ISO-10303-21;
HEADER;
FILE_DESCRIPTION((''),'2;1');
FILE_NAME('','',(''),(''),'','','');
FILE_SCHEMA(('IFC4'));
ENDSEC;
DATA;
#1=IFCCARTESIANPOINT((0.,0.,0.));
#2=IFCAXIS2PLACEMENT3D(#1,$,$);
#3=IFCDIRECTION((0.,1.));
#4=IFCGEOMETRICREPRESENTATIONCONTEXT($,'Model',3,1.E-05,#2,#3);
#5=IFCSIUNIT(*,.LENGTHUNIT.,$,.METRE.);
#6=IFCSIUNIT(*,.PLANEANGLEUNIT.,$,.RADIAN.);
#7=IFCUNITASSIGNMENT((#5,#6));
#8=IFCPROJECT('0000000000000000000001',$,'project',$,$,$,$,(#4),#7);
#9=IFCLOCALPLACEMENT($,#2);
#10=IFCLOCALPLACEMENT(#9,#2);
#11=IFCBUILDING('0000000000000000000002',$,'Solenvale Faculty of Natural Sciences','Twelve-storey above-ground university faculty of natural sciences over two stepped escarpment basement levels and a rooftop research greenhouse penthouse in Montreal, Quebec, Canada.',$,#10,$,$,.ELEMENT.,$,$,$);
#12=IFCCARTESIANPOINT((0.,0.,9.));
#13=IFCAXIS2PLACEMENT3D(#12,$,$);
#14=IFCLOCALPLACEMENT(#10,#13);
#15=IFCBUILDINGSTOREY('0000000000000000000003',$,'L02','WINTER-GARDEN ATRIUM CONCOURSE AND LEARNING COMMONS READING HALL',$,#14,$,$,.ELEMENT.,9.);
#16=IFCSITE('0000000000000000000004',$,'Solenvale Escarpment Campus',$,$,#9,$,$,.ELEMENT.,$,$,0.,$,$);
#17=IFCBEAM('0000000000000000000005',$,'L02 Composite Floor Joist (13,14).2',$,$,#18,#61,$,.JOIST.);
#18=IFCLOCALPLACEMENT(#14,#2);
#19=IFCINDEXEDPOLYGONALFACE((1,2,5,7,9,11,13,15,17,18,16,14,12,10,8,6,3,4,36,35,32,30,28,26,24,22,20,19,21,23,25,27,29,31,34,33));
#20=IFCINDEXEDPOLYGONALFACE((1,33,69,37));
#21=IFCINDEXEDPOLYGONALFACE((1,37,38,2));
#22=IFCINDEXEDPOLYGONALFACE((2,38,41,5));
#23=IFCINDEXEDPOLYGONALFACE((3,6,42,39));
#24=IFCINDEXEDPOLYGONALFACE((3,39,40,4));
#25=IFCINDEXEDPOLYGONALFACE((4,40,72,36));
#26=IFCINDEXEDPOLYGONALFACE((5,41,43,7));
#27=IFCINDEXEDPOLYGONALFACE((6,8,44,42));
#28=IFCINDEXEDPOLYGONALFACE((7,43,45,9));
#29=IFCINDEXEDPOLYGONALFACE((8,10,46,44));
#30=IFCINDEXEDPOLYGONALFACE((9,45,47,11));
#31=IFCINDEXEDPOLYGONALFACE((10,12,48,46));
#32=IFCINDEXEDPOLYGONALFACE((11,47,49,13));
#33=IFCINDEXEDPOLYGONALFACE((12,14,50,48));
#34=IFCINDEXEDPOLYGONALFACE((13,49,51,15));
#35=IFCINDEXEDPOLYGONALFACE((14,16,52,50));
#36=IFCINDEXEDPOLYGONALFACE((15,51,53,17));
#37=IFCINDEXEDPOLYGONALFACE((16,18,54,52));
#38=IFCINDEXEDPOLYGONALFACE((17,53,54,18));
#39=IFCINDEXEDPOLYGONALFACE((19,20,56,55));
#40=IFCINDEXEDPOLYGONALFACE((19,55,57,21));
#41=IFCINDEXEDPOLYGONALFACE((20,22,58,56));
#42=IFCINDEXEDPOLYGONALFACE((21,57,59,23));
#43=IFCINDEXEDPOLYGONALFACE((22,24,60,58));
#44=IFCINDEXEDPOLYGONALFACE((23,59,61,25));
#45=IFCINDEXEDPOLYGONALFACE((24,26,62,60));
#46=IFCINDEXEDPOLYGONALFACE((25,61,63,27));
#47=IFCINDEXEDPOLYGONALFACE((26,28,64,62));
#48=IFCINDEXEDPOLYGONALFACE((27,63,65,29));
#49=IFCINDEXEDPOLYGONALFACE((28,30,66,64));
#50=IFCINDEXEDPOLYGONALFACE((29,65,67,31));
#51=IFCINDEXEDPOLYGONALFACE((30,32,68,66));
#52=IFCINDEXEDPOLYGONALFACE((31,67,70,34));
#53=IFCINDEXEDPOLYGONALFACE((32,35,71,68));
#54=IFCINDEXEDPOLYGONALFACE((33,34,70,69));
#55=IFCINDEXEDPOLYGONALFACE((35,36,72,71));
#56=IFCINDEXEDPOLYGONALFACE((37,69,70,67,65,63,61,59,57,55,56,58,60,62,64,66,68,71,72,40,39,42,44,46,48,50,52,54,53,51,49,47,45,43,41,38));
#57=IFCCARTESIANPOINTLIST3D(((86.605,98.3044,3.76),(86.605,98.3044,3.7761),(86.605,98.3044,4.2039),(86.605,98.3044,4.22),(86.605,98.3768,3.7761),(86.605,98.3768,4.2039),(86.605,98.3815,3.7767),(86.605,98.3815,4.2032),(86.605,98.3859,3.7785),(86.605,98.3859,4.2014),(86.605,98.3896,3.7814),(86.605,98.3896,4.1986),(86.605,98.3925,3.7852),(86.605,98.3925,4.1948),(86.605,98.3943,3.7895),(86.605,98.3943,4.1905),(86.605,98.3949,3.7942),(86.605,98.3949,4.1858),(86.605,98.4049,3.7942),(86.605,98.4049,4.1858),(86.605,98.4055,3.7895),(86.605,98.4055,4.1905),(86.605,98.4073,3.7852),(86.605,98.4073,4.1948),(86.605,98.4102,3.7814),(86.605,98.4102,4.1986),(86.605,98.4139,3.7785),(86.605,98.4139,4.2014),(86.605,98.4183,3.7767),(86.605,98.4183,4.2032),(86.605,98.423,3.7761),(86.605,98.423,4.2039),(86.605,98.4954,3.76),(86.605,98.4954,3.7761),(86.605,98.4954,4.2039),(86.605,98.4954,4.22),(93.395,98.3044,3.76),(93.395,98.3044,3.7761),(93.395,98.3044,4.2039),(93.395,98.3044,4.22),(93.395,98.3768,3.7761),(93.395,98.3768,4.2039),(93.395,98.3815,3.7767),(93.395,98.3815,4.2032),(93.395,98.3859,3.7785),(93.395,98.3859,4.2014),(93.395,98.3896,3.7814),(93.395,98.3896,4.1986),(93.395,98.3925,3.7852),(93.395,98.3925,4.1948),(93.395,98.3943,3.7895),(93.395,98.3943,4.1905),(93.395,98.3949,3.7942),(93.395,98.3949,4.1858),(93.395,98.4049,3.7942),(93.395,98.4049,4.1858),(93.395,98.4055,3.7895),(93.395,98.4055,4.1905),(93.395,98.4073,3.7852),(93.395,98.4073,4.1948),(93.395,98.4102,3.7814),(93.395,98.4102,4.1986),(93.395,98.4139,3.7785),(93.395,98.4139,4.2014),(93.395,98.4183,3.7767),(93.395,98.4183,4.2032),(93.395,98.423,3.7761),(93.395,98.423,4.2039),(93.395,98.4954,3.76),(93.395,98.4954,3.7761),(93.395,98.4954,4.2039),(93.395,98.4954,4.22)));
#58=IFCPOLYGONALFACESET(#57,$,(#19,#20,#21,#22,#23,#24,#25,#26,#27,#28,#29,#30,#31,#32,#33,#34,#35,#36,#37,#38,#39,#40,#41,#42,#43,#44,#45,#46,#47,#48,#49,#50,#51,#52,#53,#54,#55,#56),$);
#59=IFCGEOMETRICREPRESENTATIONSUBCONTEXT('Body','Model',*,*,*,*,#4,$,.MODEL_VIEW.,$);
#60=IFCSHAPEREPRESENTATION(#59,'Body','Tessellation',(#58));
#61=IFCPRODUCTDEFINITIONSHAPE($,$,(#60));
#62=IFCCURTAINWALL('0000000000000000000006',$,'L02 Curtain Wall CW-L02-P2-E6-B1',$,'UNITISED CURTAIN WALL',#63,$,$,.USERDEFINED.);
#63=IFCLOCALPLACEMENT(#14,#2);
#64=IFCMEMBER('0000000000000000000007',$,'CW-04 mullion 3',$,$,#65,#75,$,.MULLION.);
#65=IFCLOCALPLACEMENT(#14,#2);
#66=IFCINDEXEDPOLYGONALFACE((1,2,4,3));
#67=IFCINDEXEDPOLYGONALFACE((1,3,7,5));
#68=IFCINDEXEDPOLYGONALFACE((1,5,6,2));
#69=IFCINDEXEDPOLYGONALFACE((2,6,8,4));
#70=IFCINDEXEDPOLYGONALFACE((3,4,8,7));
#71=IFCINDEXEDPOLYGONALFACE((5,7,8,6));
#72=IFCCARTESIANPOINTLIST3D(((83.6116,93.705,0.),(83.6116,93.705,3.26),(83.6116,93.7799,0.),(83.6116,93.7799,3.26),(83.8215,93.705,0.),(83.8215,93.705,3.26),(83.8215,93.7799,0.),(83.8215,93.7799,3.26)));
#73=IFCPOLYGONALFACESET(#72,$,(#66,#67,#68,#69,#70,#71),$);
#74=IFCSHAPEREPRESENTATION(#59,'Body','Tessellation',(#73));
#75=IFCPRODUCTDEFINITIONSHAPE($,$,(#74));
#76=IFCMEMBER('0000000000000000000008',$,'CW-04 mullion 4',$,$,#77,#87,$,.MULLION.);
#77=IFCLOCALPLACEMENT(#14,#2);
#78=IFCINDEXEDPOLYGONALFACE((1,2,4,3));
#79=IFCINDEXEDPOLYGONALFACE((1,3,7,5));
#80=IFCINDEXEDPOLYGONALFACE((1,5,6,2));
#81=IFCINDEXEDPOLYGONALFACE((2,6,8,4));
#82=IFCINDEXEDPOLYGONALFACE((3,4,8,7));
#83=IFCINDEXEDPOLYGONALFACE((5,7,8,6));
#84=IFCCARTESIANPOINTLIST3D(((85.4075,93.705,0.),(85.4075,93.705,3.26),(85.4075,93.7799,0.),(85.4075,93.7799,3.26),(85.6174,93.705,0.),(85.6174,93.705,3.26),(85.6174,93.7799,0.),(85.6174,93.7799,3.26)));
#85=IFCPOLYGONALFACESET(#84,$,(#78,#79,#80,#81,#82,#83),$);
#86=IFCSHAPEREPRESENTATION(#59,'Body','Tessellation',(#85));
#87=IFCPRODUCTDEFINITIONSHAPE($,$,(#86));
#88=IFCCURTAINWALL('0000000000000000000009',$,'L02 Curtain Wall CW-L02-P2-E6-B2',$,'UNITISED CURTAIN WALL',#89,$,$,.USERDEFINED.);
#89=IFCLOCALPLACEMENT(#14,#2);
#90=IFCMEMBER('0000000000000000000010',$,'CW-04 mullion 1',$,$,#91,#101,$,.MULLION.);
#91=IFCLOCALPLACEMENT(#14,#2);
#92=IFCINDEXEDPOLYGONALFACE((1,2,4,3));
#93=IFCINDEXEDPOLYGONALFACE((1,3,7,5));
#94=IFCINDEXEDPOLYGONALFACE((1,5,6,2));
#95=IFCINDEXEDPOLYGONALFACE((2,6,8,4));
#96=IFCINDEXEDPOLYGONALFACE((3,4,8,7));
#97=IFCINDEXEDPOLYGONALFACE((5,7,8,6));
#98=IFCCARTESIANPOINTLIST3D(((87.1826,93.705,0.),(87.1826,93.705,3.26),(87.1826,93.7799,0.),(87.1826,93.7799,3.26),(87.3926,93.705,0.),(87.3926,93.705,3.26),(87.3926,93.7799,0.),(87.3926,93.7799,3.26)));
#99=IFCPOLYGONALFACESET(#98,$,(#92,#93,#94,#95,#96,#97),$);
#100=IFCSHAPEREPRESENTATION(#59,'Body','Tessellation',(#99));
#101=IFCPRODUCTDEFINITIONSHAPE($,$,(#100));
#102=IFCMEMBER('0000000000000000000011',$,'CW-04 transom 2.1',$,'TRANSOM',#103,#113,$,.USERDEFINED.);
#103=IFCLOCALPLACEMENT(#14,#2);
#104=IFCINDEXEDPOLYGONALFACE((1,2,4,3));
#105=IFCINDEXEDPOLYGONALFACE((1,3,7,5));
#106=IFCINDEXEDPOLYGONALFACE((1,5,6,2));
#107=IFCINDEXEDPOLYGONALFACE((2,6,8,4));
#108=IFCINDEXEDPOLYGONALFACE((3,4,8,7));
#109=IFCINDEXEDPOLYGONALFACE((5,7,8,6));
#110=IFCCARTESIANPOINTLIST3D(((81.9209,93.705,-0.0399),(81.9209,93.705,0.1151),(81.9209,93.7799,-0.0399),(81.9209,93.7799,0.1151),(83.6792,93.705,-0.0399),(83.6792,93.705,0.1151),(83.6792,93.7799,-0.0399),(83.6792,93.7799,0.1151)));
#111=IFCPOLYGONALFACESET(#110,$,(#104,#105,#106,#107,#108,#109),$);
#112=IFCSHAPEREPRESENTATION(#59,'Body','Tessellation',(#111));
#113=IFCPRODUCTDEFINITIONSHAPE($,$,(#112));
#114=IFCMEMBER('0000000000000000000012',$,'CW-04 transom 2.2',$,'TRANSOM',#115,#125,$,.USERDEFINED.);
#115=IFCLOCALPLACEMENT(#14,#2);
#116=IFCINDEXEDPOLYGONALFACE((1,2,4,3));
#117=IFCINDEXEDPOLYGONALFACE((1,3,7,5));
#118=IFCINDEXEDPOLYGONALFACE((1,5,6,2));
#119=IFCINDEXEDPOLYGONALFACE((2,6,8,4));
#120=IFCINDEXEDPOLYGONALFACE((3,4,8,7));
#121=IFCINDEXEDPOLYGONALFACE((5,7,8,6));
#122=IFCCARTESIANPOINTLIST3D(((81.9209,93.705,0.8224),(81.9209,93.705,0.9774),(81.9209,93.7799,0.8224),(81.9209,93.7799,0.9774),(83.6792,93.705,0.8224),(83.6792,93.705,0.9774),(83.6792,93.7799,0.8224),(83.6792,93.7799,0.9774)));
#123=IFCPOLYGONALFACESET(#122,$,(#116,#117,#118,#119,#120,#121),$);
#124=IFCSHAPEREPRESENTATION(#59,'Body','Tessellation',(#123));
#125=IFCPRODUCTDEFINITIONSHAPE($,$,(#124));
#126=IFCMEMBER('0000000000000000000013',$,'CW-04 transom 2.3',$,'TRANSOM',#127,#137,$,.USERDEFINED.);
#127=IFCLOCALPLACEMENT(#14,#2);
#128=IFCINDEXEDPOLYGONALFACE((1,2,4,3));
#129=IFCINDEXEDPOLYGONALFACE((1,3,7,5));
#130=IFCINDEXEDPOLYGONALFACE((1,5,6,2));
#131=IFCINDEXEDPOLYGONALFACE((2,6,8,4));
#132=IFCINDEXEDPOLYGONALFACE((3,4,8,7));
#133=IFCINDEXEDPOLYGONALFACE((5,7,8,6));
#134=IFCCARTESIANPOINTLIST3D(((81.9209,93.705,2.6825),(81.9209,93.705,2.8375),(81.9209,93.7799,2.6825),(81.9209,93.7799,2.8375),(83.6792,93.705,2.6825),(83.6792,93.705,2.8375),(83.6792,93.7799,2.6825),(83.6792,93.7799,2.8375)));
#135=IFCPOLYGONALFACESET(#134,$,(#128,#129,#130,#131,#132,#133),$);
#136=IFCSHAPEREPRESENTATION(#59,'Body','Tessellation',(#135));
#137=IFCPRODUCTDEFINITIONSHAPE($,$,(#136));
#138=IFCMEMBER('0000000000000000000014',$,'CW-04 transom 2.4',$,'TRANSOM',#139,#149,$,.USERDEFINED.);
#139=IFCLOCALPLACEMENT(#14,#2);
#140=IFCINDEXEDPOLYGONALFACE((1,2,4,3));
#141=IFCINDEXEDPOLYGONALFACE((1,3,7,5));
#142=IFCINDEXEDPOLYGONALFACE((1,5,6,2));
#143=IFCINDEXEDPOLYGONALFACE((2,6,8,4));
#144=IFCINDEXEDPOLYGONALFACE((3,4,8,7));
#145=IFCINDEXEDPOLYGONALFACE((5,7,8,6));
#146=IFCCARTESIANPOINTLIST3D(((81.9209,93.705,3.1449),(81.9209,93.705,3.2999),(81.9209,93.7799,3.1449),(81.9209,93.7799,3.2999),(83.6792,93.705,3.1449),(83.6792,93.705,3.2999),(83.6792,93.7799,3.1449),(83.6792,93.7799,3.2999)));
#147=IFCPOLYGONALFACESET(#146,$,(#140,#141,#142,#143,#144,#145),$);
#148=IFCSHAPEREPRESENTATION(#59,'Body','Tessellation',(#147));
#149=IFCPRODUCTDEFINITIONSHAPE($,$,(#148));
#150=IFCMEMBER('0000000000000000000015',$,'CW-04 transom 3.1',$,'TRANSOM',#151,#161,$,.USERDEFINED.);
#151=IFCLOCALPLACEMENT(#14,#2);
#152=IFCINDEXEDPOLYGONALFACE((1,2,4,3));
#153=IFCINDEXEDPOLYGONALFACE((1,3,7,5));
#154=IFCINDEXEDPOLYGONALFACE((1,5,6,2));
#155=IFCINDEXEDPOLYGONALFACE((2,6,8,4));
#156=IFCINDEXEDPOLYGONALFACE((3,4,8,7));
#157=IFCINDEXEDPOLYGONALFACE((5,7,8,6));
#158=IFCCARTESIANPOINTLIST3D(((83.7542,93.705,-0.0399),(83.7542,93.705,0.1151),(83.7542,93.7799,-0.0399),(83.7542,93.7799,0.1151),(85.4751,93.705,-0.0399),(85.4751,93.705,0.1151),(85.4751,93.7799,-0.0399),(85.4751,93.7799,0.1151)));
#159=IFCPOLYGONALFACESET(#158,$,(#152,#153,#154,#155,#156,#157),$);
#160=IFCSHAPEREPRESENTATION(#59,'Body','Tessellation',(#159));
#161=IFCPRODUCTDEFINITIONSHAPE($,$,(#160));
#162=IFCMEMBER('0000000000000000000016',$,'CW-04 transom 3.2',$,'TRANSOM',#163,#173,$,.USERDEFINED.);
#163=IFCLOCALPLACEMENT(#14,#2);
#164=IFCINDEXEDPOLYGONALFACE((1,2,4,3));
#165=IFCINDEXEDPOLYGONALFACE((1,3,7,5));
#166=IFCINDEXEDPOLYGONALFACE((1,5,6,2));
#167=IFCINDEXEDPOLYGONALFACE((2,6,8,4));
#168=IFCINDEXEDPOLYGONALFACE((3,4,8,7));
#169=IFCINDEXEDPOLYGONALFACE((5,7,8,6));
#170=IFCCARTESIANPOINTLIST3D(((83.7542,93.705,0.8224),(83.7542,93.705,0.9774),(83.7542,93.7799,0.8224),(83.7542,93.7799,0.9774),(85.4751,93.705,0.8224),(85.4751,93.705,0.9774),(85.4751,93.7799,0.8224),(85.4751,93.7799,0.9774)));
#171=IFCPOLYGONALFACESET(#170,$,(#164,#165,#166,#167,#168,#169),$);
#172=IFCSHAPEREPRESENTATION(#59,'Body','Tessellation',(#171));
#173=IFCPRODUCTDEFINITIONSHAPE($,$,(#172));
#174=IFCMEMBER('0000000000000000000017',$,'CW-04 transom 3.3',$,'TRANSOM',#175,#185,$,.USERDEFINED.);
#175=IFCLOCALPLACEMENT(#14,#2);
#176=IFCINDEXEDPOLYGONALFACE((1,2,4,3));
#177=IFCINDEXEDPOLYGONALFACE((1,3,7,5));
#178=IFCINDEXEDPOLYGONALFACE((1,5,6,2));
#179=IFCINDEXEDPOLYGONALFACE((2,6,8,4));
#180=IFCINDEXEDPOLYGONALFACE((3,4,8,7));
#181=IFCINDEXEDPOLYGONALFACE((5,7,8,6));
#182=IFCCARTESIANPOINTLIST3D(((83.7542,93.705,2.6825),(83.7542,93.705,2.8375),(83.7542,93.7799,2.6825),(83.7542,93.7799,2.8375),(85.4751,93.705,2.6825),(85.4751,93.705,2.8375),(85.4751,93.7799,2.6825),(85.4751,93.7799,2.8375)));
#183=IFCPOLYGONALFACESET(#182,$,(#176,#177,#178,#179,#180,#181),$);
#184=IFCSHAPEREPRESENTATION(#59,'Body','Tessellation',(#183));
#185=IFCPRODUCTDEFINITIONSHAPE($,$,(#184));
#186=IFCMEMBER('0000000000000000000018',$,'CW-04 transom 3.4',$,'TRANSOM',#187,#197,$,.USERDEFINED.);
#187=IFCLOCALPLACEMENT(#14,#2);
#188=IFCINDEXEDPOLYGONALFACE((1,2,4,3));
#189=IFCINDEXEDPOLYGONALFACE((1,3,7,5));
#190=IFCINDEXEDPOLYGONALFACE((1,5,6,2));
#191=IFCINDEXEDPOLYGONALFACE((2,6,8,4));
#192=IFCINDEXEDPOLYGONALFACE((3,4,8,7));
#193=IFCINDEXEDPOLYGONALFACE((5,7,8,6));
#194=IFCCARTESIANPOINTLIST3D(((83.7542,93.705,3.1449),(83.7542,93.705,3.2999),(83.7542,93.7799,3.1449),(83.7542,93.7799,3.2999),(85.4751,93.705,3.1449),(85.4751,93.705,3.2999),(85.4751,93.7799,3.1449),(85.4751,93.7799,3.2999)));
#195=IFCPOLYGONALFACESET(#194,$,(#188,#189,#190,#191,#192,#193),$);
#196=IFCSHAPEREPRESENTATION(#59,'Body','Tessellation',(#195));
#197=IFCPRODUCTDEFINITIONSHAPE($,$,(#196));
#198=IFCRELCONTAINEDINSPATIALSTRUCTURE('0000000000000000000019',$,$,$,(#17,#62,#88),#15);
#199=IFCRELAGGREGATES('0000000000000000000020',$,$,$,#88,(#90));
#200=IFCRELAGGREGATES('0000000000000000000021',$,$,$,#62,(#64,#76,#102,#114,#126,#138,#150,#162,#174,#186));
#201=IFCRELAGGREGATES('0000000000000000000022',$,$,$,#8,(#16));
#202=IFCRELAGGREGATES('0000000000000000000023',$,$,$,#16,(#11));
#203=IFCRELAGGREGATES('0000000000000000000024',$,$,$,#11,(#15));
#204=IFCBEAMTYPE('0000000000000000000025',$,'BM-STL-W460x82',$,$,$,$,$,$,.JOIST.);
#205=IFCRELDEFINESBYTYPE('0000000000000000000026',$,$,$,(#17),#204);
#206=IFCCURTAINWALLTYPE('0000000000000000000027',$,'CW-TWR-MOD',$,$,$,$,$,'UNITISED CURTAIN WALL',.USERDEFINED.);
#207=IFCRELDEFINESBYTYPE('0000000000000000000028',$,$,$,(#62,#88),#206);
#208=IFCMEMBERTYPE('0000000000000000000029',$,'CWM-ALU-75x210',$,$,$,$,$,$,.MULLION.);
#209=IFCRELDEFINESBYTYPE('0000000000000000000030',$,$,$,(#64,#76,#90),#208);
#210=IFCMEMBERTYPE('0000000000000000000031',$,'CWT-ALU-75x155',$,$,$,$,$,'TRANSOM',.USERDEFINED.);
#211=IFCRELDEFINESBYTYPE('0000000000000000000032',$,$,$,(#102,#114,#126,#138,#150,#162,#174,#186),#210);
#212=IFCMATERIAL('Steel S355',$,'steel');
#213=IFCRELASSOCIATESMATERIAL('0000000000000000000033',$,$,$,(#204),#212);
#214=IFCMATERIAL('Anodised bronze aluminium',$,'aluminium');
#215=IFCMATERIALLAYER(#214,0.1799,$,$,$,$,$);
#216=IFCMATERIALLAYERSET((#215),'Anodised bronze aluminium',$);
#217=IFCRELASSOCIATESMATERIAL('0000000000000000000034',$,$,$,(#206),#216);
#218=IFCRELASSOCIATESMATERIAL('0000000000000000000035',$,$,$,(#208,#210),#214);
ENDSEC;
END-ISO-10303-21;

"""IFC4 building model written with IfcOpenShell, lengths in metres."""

from ifc_helpers import new_model, si_unit, direction, frame, origin, origin_2d, place, context, subcontext, project, spatial, rectangle, i_section, extrude, material, layer, layer_set, material_profile, profile_set, type_object, element, aggregate, save


model = new_model("IFC4")

# Units and contexts
model_context = context("Model", 3, precision=1e-05, world=origin(), true_north=direction((0.0, 1.0)))
body_context = subcontext(model_context, "Body", "Model", "MODEL_VIEW")
ifc_project = project(units=[si_unit("LENGTHUNIT", "METRE"), si_unit("PLANEANGLEUNIT", "RADIAN")], contexts=[model_context])

# Site, building, storey
site_placement = place(None, origin())
site = spatial("IfcSite", under=ifc_project, at=site_placement, Name="Solenvale Escarpment Campus", CompositionType="ELEMENT", RefElevation=0.0)
building_placement = place(site_placement, origin())
building = spatial("IfcBuilding", under=site, at=building_placement, Name="Solenvale Faculty of Natural Sciences", Description="Twelve-storey above-ground university faculty of natural sciences over two stepped escarpment basement levels and a rooftop research greenhouse penthouse in Montreal, Quebec, Canada.", CompositionType="ELEMENT")
storey_placement = place(building_placement, frame((0.0, 0.0, 9.0)))
storey = spatial("IfcBuildingStorey", under=building, at=storey_placement, Name="L02", Description="WINTER-GARDEN ATRIUM CONCOURSE AND LEARNING COMMONS READING HALL", CompositionType="ELEMENT", Elevation=9.0)

# Beam
ifc_material_1 = material(Name="Steel S355", Category="steel")
ifc_material_profile_1 = material_profile(ifc_material_1, i_section(OverallWidth=0.1909, OverallDepth=0.46, WebThickness=0.01, FlangeThickness=0.0161, FilletRadius=0.0181, at=origin_2d()), Name="W460x82")
ifc_profile_set_1 = profile_set([ifc_material_profile_1], Name="Steel S355")
beam_type_1 = type_object("IfcBeamType", Name="BM-STL-W460x82", PredefinedType="JOIST", material=ifc_profile_set_1)
for number, where, z_axis, x_axis, name in (
    (1, (86.605, 98.3999, 3.99), (1.0, 0.0, 0.0), (0.0, 1.0, 0.0), "L02 Composite Floor Joist (13,14).2"),
):
    element("IfcBeam", number, at=place(storey_placement, frame(where, z_axis=z_axis, x_axis=x_axis)), inside=storey, type_object=beam_type_1, Name=name, PredefinedType="JOIST", context=body_context, shape_type="SweptSolid", body=[
        extrude(i_section(OverallWidth=0.1909, OverallDepth=0.46, WebThickness=0.01, FlangeThickness=0.0161, FilletRadius=0.0181, at=origin_2d()), origin(), (0.0, 0.0, 1.0), 6.79),
    ])

# Curtain wall, members
ifc_material_2 = material(Name="Anodised bronze aluminium", Category="aluminium")
ifc_layer_1 = layer(ifc_material_2, 0.1799)
ifc_layer_set_1 = layer_set([ifc_layer_1], Name="Anodised bronze aluminium")
curtain_wall_type = type_object("IfcCurtainWallType", Name="CW-TWR-MOD", ElementType="UNITISED CURTAIN WALL", PredefinedType="USERDEFINED", material=ifc_layer_set_1)
curtain_wall_1_placement = place(storey_placement, origin())
curtain_wall_1 = element("IfcCurtainWall", 2, at=curtain_wall_1_placement, inside=storey, type_object=curtain_wall_type, Name="L02 Curtain Wall CW-L02-P2-E6-B1", ObjectType="UNITISED CURTAIN WALL", PredefinedType="USERDEFINED")
ifc_material_profile_2 = material_profile(ifc_material_2, rectangle(XDim=0.075, YDim=0.21, at=origin_2d()), Name="ALU-MUL-75x210")
ifc_profile_set_2 = profile_set([ifc_material_profile_2], Name="Anodised bronze aluminium")
member_type_1 = type_object("IfcMemberType", Name="CWM-ALU-75x210", PredefinedType="MULLION", material=ifc_profile_set_2)
member_1_placement = place(storey_placement, frame((83.7166, 93.7424, 0.0), z_axis=(0.0, 0.0, 1.0), x_axis=(0.0, 1.0, 0.0)))
member_1 = element("IfcMember", 3, at=member_1_placement, type_object=member_type_1, Name="CW-04 mullion 3", PredefinedType="MULLION", context=body_context, shape_type="SweptSolid", body=[
    extrude(rectangle(XDim=0.075, YDim=0.21, at=origin_2d()), origin(), (0.0, 0.0, 1.0), 3.26),
])
member_2_placement = place(storey_placement, frame((85.5125, 93.7424, 0.0), z_axis=(0.0, 0.0, 1.0), x_axis=(0.0, 1.0, 0.0)))
member_2 = element("IfcMember", 4, at=member_2_placement, type_object=member_type_1, Name="CW-04 mullion 4", PredefinedType="MULLION", context=body_context, shape_type="SweptSolid", body=[
    extrude(rectangle(XDim=0.075, YDim=0.21, at=origin_2d()), origin(), (0.0, 0.0, 1.0), 3.26),
])

# Curtain wall, member
curtain_wall_2_placement = place(storey_placement, origin())
curtain_wall_2 = element("IfcCurtainWall", 5, at=curtain_wall_2_placement, inside=storey, type_object=curtain_wall_type, Name="L02 Curtain Wall CW-L02-P2-E6-B2", ObjectType="UNITISED CURTAIN WALL", PredefinedType="USERDEFINED")
member_3_placement = place(storey_placement, frame((87.2876, 93.7424, 0.0), z_axis=(0.0, 0.0, 1.0), x_axis=(0.0, 1.0, 0.0)))
member_3 = element("IfcMember", 6, at=member_3_placement, type_object=member_type_1, Name="CW-04 mullion 1", PredefinedType="MULLION", context=body_context, shape_type="SweptSolid", body=[
    extrude(rectangle(XDim=0.075, YDim=0.21, at=origin_2d()), origin(), (0.0, 0.0, 1.0), 3.26),
])

# Members
ifc_material_profile_3 = material_profile(ifc_material_2, rectangle(XDim=0.075, YDim=0.155, at=origin_2d()), Name="ALU-TRN-75x155")
ifc_profile_set_3 = profile_set([ifc_material_profile_3], Name="Anodised bronze aluminium")
member_type_2 = type_object("IfcMemberType", Name="CWT-ALU-75x155", ElementType="TRANSOM", PredefinedType="USERDEFINED", material=ifc_profile_set_3)
member_4_placement = place(storey_placement, frame((81.9209, 93.7424, 0.0376), z_axis=(1.0, 0.0, 0.0), x_axis=(0.0, 1.0, 0.0)))
member_4 = element("IfcMember", 7, at=member_4_placement, type_object=member_type_2, Name="CW-04 transom 2.1", ObjectType="TRANSOM", PredefinedType="USERDEFINED", context=body_context, shape_type="SweptSolid", body=[
    extrude(rectangle(XDim=0.075, YDim=0.155, at=origin_2d()), origin(), (0.0, 0.0, 1.0), 1.7583),
])
member_5_placement = place(storey_placement, frame((81.9209, 93.7424, 0.8999), z_axis=(1.0, 0.0, 0.0), x_axis=(0.0, 1.0, 0.0)))
member_5 = element("IfcMember", 8, at=member_5_placement, type_object=member_type_2, Name="CW-04 transom 2.2", ObjectType="TRANSOM", PredefinedType="USERDEFINED", context=body_context, shape_type="SweptSolid", body=[
    extrude(rectangle(XDim=0.075, YDim=0.155, at=origin_2d()), origin(), (0.0, 0.0, 1.0), 1.7583),
])
member_6_placement = place(storey_placement, frame((81.9209, 93.7424, 2.76), z_axis=(1.0, 0.0, 0.0), x_axis=(0.0, 1.0, 0.0)))
member_6 = element("IfcMember", 9, at=member_6_placement, type_object=member_type_2, Name="CW-04 transom 2.3", ObjectType="TRANSOM", PredefinedType="USERDEFINED", context=body_context, shape_type="SweptSolid", body=[
    extrude(rectangle(XDim=0.075, YDim=0.155, at=origin_2d()), origin(), (0.0, 0.0, 1.0), 1.7583),
])
member_7_placement = place(storey_placement, frame((81.9209, 93.7424, 3.2224), z_axis=(1.0, 0.0, 0.0), x_axis=(0.0, 1.0, 0.0)))
member_7 = element("IfcMember", 10, at=member_7_placement, type_object=member_type_2, Name="CW-04 transom 2.4", ObjectType="TRANSOM", PredefinedType="USERDEFINED", context=body_context, shape_type="SweptSolid", body=[
    extrude(rectangle(XDim=0.075, YDim=0.155, at=origin_2d()), origin(), (0.0, 0.0, 1.0), 1.7583),
])
member_8_placement = place(storey_placement, frame((83.7542, 93.7424, 0.0376), z_axis=(1.0, 0.0, 0.0), x_axis=(0.0, 1.0, 0.0)))
member_8 = element("IfcMember", 11, at=member_8_placement, type_object=member_type_2, Name="CW-04 transom 3.1", ObjectType="TRANSOM", PredefinedType="USERDEFINED", context=body_context, shape_type="SweptSolid", body=[
    extrude(rectangle(XDim=0.075, YDim=0.155, at=origin_2d()), origin(), (0.0, 0.0, 1.0), 1.7209),
])
member_9_placement = place(storey_placement, frame((83.7542, 93.7424, 0.8999), z_axis=(1.0, 0.0, 0.0), x_axis=(0.0, 1.0, 0.0)))
member_9 = element("IfcMember", 12, at=member_9_placement, type_object=member_type_2, Name="CW-04 transom 3.2", ObjectType="TRANSOM", PredefinedType="USERDEFINED", context=body_context, shape_type="SweptSolid", body=[
    extrude(rectangle(XDim=0.075, YDim=0.155, at=origin_2d()), origin(), (0.0, 0.0, 1.0), 1.7209),
])
member_10_placement = place(storey_placement, frame((83.7542, 93.7424, 2.76), z_axis=(1.0, 0.0, 0.0), x_axis=(0.0, 1.0, 0.0)))
member_10 = element("IfcMember", 13, at=member_10_placement, type_object=member_type_2, Name="CW-04 transom 3.3", ObjectType="TRANSOM", PredefinedType="USERDEFINED", context=body_context, shape_type="SweptSolid", body=[
    extrude(rectangle(XDim=0.075, YDim=0.155, at=origin_2d()), origin(), (0.0, 0.0, 1.0), 1.7209),
])
member_11_placement = place(storey_placement, frame((83.7542, 93.7424, 3.2224), z_axis=(1.0, 0.0, 0.0), x_axis=(0.0, 1.0, 0.0)))
member_11 = element("IfcMember", 14, at=member_11_placement, type_object=member_type_2, Name="CW-04 transom 3.4", ObjectType="TRANSOM", PredefinedType="USERDEFINED", context=body_context, shape_type="SweptSolid", body=[
    extrude(rectangle(XDim=0.075, YDim=0.155, at=origin_2d()), origin(), (0.0, 0.0, 1.0), 1.7209),
])
aggregate(curtain_wall_2, [member_3])

aggregate(curtain_wall_1, [member_1, member_2, member_4, member_5, member_6, member_7, member_8, member_9, member_10, member_11])

save(model, "model.ifc")
